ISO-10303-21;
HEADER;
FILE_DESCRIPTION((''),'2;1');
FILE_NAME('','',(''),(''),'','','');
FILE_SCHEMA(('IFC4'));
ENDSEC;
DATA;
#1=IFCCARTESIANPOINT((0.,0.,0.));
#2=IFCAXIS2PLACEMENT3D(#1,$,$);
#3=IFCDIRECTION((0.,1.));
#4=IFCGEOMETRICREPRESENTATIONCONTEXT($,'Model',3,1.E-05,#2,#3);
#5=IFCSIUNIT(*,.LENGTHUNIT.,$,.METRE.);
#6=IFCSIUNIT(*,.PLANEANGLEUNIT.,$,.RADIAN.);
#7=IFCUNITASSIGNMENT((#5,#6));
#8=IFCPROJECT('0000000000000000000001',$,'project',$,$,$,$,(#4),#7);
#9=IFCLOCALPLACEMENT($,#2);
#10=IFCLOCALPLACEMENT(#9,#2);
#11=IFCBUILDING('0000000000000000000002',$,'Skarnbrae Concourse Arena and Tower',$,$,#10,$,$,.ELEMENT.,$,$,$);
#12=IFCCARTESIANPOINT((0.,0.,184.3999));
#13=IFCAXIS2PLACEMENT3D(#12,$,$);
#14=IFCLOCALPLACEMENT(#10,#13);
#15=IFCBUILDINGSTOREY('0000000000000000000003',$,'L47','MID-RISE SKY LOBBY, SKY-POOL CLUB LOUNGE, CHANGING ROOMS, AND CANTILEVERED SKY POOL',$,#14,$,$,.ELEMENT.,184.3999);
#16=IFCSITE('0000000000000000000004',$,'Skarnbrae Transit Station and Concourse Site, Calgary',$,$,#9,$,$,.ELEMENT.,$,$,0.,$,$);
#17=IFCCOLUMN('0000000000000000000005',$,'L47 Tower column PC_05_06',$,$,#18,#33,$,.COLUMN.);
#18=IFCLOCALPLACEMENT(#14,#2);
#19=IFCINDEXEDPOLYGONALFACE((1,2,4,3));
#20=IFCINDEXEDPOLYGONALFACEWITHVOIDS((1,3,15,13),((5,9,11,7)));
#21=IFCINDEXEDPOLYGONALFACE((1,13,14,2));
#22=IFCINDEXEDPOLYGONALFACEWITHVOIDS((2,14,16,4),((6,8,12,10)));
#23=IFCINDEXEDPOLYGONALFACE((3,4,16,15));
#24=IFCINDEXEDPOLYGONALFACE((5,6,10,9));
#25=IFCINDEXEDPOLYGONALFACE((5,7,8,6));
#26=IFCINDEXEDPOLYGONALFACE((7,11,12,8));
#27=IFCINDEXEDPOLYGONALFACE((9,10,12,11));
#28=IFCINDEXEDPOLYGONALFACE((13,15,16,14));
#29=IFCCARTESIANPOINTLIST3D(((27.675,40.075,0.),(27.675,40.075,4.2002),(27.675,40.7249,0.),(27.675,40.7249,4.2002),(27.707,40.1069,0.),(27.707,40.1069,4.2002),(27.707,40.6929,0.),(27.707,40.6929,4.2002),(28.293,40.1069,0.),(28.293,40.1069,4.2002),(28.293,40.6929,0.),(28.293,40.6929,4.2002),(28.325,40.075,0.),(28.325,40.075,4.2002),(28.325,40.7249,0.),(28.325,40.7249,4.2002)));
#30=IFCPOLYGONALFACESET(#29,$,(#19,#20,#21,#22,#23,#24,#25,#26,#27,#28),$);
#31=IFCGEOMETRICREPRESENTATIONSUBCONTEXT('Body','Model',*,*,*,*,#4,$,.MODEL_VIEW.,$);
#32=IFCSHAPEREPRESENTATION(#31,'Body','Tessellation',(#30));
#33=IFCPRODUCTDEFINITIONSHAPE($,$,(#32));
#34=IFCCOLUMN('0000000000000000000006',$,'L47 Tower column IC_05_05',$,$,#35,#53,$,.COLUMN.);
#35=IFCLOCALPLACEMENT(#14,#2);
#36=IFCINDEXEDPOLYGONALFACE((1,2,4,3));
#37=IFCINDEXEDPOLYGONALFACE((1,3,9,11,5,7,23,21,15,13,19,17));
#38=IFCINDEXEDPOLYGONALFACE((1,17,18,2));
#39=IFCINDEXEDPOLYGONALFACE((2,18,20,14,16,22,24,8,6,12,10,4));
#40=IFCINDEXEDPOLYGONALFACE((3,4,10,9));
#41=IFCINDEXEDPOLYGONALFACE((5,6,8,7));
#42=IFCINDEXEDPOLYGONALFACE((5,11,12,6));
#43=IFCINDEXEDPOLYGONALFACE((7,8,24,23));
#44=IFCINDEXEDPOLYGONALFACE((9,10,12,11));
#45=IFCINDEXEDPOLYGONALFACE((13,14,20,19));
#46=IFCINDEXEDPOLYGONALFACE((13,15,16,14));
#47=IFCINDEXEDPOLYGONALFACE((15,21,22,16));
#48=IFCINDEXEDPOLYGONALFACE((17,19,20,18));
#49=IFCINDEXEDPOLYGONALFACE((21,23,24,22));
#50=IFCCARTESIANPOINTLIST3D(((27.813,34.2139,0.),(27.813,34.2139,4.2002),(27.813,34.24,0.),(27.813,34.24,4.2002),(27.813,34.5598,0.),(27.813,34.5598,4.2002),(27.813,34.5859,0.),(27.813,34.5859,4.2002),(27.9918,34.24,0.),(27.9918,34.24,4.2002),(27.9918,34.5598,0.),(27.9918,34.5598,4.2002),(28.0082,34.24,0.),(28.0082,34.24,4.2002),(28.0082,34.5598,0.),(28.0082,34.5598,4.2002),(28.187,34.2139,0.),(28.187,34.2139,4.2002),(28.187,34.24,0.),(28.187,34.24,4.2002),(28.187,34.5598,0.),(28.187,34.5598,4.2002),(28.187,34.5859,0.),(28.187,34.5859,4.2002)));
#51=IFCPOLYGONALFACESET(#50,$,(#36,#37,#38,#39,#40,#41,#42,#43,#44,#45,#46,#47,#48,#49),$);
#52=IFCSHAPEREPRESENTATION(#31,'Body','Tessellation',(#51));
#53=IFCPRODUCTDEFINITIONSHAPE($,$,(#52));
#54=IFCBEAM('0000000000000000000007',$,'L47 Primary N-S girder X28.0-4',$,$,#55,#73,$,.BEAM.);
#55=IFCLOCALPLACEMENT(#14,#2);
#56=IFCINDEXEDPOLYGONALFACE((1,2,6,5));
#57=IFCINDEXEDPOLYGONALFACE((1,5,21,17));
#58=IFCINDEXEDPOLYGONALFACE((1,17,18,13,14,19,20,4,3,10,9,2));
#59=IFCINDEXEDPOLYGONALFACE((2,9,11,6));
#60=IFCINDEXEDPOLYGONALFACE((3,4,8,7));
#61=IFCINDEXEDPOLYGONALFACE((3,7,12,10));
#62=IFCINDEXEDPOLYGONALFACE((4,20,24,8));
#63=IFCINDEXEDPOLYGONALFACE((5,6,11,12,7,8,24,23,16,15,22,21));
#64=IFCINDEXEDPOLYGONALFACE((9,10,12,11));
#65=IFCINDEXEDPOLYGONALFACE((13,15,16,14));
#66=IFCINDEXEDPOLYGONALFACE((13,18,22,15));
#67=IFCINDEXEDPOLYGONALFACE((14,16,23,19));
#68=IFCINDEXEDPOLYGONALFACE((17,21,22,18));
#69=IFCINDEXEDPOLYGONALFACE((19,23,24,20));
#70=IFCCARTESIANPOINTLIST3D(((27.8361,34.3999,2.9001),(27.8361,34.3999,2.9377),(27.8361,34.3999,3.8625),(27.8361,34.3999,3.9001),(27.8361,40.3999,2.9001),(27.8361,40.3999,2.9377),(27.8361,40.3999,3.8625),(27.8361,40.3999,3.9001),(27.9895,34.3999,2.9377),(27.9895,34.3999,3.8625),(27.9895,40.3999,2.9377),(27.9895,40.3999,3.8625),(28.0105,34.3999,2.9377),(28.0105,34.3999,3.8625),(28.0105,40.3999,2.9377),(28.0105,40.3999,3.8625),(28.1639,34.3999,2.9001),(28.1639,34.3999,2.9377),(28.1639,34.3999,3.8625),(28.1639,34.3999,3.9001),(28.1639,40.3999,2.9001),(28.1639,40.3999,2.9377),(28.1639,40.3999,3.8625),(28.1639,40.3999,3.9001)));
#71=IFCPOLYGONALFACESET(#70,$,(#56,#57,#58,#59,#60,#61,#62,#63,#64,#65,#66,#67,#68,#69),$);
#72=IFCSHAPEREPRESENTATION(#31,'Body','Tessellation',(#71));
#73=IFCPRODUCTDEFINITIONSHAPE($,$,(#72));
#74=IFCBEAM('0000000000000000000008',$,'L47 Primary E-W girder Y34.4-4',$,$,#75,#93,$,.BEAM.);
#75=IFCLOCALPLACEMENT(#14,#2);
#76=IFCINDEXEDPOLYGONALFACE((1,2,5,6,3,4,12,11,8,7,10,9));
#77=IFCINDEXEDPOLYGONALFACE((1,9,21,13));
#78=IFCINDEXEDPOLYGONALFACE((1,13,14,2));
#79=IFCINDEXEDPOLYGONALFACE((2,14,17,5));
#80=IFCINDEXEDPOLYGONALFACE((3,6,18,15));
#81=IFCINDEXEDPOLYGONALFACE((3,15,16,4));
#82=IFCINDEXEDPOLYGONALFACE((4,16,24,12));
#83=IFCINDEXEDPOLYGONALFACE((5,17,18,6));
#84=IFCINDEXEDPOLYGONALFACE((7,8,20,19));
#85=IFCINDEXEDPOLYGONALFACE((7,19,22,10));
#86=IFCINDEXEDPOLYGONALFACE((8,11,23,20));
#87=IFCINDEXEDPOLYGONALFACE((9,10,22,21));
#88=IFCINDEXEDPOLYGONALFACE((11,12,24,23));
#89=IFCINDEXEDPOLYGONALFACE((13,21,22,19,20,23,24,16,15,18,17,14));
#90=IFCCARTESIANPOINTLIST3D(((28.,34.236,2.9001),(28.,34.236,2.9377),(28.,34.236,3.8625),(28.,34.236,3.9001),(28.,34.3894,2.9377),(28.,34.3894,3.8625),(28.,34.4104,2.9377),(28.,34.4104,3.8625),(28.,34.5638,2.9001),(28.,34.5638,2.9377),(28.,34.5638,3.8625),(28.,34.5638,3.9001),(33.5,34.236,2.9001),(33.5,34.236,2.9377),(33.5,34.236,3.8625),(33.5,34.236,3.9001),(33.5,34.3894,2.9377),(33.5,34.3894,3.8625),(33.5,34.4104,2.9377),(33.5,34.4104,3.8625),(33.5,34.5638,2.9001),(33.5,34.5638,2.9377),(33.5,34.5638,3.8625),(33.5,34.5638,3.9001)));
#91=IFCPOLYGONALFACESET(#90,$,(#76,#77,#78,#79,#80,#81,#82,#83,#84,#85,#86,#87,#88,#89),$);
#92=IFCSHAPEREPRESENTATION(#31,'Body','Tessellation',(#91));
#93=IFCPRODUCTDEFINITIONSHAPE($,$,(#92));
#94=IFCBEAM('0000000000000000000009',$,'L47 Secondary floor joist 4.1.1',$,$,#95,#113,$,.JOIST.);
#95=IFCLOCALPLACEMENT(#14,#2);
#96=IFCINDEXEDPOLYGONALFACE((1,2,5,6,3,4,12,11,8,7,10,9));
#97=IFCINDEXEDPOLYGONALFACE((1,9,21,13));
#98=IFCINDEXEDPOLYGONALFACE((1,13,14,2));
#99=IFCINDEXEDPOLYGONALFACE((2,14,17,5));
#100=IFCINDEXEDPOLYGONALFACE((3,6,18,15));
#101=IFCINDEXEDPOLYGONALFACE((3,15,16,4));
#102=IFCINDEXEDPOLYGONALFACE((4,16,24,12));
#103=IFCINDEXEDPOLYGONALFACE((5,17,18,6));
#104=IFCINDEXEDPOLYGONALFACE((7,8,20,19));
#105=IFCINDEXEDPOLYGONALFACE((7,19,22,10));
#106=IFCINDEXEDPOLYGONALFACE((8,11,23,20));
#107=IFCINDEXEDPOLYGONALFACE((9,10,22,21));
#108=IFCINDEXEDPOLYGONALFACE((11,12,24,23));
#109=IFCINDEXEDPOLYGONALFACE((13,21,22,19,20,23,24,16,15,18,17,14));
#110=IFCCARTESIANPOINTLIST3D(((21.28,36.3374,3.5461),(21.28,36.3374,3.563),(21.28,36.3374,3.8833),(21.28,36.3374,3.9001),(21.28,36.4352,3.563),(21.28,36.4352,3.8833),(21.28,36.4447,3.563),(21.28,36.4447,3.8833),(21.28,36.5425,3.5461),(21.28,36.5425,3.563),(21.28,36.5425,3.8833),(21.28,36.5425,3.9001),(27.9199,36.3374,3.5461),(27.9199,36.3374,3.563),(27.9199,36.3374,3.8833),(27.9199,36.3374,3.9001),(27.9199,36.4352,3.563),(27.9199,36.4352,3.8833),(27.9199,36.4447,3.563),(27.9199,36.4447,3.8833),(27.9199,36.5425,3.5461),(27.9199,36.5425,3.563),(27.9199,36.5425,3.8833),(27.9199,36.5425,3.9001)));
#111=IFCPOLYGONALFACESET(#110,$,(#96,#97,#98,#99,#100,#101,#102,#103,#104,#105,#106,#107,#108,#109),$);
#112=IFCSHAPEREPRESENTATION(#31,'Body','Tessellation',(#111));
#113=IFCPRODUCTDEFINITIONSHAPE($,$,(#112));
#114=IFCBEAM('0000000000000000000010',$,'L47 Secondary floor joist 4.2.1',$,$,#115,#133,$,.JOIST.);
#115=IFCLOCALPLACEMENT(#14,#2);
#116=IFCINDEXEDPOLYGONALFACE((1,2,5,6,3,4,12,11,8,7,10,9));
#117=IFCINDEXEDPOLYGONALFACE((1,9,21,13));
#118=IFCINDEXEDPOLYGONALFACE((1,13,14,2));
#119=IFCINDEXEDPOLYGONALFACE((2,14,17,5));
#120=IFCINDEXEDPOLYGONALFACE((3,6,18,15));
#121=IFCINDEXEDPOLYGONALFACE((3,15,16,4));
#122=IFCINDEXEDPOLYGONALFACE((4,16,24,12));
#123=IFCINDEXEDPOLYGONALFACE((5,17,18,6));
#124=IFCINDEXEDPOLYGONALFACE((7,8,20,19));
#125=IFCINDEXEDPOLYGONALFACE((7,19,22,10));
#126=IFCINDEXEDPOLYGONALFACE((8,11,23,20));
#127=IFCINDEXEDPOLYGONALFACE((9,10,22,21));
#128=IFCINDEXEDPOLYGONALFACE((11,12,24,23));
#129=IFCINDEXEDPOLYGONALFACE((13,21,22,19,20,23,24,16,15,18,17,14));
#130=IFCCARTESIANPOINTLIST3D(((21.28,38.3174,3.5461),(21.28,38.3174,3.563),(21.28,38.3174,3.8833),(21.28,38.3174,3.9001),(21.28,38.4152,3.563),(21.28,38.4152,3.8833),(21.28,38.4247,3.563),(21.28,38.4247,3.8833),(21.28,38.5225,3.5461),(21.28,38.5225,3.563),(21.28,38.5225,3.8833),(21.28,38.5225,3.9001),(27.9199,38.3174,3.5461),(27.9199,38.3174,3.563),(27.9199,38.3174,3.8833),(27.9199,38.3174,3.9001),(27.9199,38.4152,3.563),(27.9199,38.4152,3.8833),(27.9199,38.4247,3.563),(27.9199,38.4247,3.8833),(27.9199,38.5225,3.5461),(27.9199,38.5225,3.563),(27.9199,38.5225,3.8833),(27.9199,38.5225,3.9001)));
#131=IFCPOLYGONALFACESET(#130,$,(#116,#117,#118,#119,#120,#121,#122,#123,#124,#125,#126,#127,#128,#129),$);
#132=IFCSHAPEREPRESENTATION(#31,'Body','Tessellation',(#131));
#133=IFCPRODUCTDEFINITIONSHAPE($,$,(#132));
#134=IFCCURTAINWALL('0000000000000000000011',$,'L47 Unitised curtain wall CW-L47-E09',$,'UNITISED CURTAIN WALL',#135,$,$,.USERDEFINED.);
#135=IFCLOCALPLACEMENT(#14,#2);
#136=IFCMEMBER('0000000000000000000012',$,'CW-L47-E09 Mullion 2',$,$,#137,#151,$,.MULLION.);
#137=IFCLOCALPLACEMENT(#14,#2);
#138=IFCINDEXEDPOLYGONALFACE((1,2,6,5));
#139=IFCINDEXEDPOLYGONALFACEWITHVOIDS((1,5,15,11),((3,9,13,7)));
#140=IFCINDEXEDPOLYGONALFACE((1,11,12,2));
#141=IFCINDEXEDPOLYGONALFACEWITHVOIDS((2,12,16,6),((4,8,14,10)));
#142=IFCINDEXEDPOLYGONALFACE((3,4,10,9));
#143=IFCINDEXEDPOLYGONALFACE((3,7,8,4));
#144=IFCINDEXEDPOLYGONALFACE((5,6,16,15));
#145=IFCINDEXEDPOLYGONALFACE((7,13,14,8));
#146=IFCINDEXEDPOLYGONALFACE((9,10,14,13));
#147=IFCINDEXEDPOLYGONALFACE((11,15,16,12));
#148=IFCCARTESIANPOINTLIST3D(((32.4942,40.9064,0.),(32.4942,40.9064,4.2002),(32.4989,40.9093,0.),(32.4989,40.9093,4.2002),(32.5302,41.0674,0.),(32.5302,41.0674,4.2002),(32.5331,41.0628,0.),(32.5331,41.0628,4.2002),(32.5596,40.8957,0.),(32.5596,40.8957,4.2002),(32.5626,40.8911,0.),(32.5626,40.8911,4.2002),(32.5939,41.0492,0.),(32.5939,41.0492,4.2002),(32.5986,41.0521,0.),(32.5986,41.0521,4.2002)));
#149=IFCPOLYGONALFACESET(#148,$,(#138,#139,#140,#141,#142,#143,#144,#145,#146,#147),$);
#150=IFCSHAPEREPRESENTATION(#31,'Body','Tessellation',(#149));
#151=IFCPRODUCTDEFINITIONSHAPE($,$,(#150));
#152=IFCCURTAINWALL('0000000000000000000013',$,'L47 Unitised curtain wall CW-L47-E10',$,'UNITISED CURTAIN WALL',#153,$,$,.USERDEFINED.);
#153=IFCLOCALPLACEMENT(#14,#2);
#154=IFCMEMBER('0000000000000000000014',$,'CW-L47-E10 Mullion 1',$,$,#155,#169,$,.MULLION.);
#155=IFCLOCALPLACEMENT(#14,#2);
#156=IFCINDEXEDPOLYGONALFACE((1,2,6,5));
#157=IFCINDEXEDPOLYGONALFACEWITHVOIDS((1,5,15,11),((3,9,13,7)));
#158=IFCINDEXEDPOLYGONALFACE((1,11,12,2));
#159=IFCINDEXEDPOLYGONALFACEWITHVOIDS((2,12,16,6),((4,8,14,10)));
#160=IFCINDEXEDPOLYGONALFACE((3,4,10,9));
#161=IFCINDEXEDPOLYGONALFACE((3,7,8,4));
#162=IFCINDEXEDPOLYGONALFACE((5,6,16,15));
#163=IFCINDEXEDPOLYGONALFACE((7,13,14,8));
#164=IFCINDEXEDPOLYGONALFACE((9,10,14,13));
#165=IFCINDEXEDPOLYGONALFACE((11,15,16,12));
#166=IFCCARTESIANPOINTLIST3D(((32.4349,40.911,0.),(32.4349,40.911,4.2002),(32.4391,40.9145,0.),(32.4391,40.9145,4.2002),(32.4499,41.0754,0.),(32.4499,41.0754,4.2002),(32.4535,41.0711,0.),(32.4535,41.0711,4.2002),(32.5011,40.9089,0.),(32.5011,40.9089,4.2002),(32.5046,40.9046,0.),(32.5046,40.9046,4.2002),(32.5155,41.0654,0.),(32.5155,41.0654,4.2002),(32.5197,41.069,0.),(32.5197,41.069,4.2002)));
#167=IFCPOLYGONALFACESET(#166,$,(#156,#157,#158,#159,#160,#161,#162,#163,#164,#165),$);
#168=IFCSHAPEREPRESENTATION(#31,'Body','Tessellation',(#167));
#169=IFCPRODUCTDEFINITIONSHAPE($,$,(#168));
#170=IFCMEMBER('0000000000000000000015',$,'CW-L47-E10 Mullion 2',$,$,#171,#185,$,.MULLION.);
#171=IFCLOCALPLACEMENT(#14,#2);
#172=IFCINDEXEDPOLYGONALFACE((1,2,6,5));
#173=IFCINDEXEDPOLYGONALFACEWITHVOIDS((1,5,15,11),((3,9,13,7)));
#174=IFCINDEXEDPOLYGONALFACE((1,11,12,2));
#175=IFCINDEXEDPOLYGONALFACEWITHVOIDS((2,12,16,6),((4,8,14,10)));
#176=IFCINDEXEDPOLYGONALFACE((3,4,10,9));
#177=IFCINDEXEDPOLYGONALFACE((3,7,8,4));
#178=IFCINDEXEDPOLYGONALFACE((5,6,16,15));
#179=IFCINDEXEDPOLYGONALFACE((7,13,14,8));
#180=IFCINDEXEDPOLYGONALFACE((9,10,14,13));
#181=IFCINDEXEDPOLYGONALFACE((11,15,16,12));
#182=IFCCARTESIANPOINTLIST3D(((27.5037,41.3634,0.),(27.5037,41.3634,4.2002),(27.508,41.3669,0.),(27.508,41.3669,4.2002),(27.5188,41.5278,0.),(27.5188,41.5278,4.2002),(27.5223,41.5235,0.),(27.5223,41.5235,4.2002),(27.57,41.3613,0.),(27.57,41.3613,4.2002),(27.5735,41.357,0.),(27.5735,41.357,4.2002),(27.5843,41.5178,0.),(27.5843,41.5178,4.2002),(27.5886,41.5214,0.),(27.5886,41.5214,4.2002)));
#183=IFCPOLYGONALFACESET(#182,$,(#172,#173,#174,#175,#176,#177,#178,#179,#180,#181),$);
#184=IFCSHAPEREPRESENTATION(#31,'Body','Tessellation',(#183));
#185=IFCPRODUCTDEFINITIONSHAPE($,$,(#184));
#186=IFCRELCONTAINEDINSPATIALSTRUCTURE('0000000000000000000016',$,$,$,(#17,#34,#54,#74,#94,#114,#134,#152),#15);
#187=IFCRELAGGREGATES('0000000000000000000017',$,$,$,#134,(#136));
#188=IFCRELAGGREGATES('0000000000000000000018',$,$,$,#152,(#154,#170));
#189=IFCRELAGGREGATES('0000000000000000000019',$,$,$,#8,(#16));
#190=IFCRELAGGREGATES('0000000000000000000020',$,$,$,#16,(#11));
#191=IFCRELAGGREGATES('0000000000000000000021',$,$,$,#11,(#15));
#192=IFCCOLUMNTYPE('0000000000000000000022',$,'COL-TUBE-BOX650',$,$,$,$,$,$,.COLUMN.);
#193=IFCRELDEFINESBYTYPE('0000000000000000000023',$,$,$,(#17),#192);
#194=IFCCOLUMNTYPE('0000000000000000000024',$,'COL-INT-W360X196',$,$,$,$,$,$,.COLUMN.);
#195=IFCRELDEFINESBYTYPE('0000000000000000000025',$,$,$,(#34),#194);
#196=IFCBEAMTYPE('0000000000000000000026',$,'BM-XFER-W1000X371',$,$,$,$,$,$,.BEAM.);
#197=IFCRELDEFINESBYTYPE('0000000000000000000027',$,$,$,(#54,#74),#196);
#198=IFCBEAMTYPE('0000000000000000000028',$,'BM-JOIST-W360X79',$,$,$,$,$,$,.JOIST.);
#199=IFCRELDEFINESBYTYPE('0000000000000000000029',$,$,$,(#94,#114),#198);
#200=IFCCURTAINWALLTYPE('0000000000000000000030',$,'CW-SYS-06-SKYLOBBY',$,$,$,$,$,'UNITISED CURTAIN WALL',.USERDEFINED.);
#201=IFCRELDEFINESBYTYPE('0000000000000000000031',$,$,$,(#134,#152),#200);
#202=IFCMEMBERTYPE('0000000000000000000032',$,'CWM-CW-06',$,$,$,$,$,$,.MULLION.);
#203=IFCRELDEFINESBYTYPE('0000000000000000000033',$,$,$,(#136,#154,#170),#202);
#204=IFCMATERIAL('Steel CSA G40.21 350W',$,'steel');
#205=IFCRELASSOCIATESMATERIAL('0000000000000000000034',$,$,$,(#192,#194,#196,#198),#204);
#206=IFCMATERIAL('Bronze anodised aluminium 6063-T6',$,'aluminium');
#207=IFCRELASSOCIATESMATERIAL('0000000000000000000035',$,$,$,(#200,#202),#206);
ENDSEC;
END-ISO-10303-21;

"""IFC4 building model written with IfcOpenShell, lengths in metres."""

from ifc_helpers import new_model, si_unit, direction, frame, origin, origin_2d, place, context, subcontext, project, spatial, hollow_rectangle, i_section, extrude, source, transform, mapped, material, material_profile, profile_set, type_object, element, aggregate, save


model = new_model("IFC4")

# Units and contexts
model_context = context("Model", 3, precision=1e-05, world=origin(), true_north=direction((0.0, 1.0)))
body_context = subcontext(model_context, "Body", "Model", "MODEL_VIEW")
ifc_project = project(units=[si_unit("LENGTHUNIT", "METRE"), si_unit("PLANEANGLEUNIT", "RADIAN")], contexts=[model_context])

# Site, building, storey
site_placement = place(None, origin())
site = spatial("IfcSite", under=ifc_project, at=site_placement, Name="Skarnbrae Transit Station and Concourse Site, Calgary", CompositionType="ELEMENT", RefElevation=0.0)
building_placement = place(site_placement, origin())
building = spatial("IfcBuilding", under=site, at=building_placement, Name="Skarnbrae Concourse Arena and Tower", CompositionType="ELEMENT")
storey_placement = place(building_placement, frame((0.0, 0.0, 184.3999)))
storey = spatial("IfcBuildingStorey", under=building, at=storey_placement, Name="L47", Description="MID-RISE SKY LOBBY, SKY-POOL CLUB LOUNGE, CHANGING ROOMS, AND CANTILEVERED SKY POOL", CompositionType="ELEMENT", Elevation=184.3999)

# Columns
ifc_material_1 = material(Name="Steel CSA G40.21 350W", Category="steel")
ifc_material_profile_1 = material_profile(ifc_material_1, hollow_rectangle(XDim=0.6499, YDim=0.6499, WallThickness=0.032, at=origin_2d()), Name="BOX650X650X32")
ifc_profile_set_1 = profile_set([ifc_material_profile_1], Name="Steel CSA G40.21 350W")
column_type_1 = type_object("IfcColumnType", Name="COL-TUBE-BOX650", PredefinedType="COLUMN", material=ifc_profile_set_1)
shared_shape_1 = source(origin(), body_context, "Body", "SweptSolid", [
    extrude(hollow_rectangle(XDim=0.6499, YDim=0.6499, WallThickness=0.032, at=origin_2d()), origin(), (0.0, 0.0, 1.0), 4.2002),
])
column_1_placement = place(storey_placement, frame((28.0, 40.3999, 0.0), z_axis=(0.0, 0.0, 1.0), x_axis=(1.0, 0.0, 0.0)))
element("IfcColumn", 1, at=column_1_placement, inside=storey, type_object=column_type_1, Name="L47 Tower column PC_05_06", PredefinedType="COLUMN", context=body_context, shape_type="MappedRepresentation", body=[
    mapped(shared_shape_1, transform((0.0, 0.0, 0.0))),
])
ifc_material_profile_2 = material_profile(ifc_material_1, i_section(OverallWidth=0.374, OverallDepth=0.3721, WebThickness=0.0164, FlangeThickness=0.0261, at=origin_2d()), Name="W360X196")
ifc_profile_set_2 = profile_set([ifc_material_profile_2], Name="Steel CSA G40.21 350W")
column_type_2 = type_object("IfcColumnType", Name="COL-INT-W360X196", PredefinedType="COLUMN", material=ifc_profile_set_2)
shared_shape_2 = source(origin(), body_context, "Body", "SweptSolid", [
    extrude(i_section(OverallWidth=0.374, OverallDepth=0.3721, WebThickness=0.0164, FlangeThickness=0.0261, at=origin_2d()), origin(), (0.0, 0.0, 1.0), 4.2002),
])
column_2_placement = place(storey_placement, frame((28.0, 34.3999, 0.0), z_axis=(0.0, 0.0, 1.0), x_axis=(1.0, 0.0, 0.0)))
element("IfcColumn", 2, at=column_2_placement, inside=storey, type_object=column_type_2, Name="L47 Tower column IC_05_05", PredefinedType="COLUMN", context=body_context, shape_type="MappedRepresentation", body=[
    mapped(shared_shape_2, transform((0.0, 0.0, 0.0))),
])

# Beams
ifc_material_profile_3 = material_profile(ifc_material_1, i_section(OverallWidth=0.3279, OverallDepth=1.0, WebThickness=0.021, FlangeThickness=0.0376, at=origin_2d()), Name="W1000X371")
ifc_profile_set_3 = profile_set([ifc_material_profile_3], Name="Steel CSA G40.21 350W")
beam_type_1 = type_object("IfcBeamType", Name="BM-XFER-W1000X371", PredefinedType="BEAM", material=ifc_profile_set_3)
shared_shape_3 = source(origin(), body_context, "Body", "SweptSolid", [
    extrude(i_section(OverallWidth=0.3279, OverallDepth=1.0, WebThickness=0.021, FlangeThickness=0.0376, at=origin_2d()), origin(), (0.0, 0.0, 1.0), 6.0),
])
beam_1_placement = place(storey_placement, frame((28.0, 34.3999, 3.4001), z_axis=(0.0, 1.0, 0.0), x_axis=(-1.0, 0.0, 0.0)))
element("IfcBeam", 3, at=beam_1_placement, inside=storey, type_object=beam_type_1, Name="L47 Primary N-S girder X28.0-4", PredefinedType="BEAM", context=body_context, shape_type="MappedRepresentation", body=[
    mapped(shared_shape_3, transform((0.0, 0.0, 0.0))),
])
shared_shape_4 = source(origin(), body_context, "Body", "SweptSolid", [
    extrude(i_section(OverallWidth=0.3279, OverallDepth=1.0, WebThickness=0.021, FlangeThickness=0.0376, at=origin_2d()), origin(), (0.0, 0.0, 1.0), 5.5),
])
beam_2_placement = place(storey_placement, frame((28.0, 34.3999, 3.4001), z_axis=(1.0, 0.0, 0.0), x_axis=(0.0, 1.0, 0.0)))
element("IfcBeam", 4, at=beam_2_placement, inside=storey, type_object=beam_type_1, Name="L47 Primary E-W girder Y34.4-4", PredefinedType="BEAM", context=body_context, shape_type="MappedRepresentation", body=[
    mapped(shared_shape_4, transform((0.0, 0.0, 0.0))),
])
ifc_material_profile_4 = material_profile(ifc_material_1, i_section(OverallWidth=0.2051, OverallDepth=0.354, WebThickness=0.0095, FlangeThickness=0.0168, at=origin_2d()), Name="W360X79")
ifc_profile_set_4 = profile_set([ifc_material_profile_4], Name="Steel CSA G40.21 350W")
beam_type_2 = type_object("IfcBeamType", Name="BM-JOIST-W360X79", PredefinedType="JOIST", material=ifc_profile_set_4)
shared_shape_5 = source(origin(), body_context, "Body", "SweptSolid", [
    extrude(i_section(OverallWidth=0.2051, OverallDepth=0.354, WebThickness=0.0095, FlangeThickness=0.0168, at=origin_2d()), origin(), (0.0, 0.0, 1.0), 6.6399),
])
for number, where, z_axis, x_axis, name in (
    (5, (21.28, 36.4399, 3.7231), (1.0, 0.0, 0.0), (0.0, 1.0, 0.0), "L47 Secondary floor joist 4.1.1"),
    (6, (21.28, 38.4199, 3.7231), (1.0, 0.0, 0.0), (0.0, 1.0, 0.0), "L47 Secondary floor joist 4.2.1"),
):
    element("IfcBeam", number, at=place(storey_placement, frame(where, z_axis=z_axis, x_axis=x_axis)), inside=storey, type_object=beam_type_2, Name=name, PredefinedType="JOIST", context=body_context, shape_type="MappedRepresentation", body=[
        mapped(shared_shape_5, transform((0.0, 0.0, 0.0))),
    ])

# Curtain wall, member
ifc_material_2 = material(Name="Bronze anodised aluminium 6063-T6", Category="aluminium")
curtain_wall_type = type_object("IfcCurtainWallType", Name="CW-SYS-06-SKYLOBBY", ElementType="UNITISED CURTAIN WALL", PredefinedType="USERDEFINED", material=ifc_material_2)
curtain_wall_1_placement = place(storey_placement, origin())
curtain_wall_1 = element("IfcCurtainWall", 7, at=curtain_wall_1_placement, inside=storey, type_object=curtain_wall_type, Name="L47 Unitised curtain wall CW-L47-E09", ObjectType="UNITISED CURTAIN WALL", PredefinedType="USERDEFINED")
ifc_material_profile_5 = material_profile(ifc_material_2, hollow_rectangle(XDim=0.0701, YDim=0.165, WallThickness=0.0039, at=origin_2d()), Name="ALU-MULL-70X165")
ifc_profile_set_5 = profile_set([ifc_material_profile_5], Name="Bronze anodised aluminium 6063-T6")
member_type_1 = type_object("IfcMemberType", Name="CWM-CW-06", PredefinedType="MULLION", material=ifc_profile_set_5)
shared_shape_6 = source(origin(), body_context, "Body", "SweptSolid", [
    extrude(hollow_rectangle(XDim=0.0701, YDim=0.165, WallThickness=0.0039, at=origin_2d()), origin(), (0.0, 0.0, 1.0), 4.2002),
])
member_1_placement = place(storey_placement, frame((32.5464, 40.9792, 0.0), z_axis=(0.0, 0.0, 1.0), x_axis=(-0.975936, 0.218056, 0.0)))
member_1 = element("IfcMember", 8, at=member_1_placement, type_object=member_type_1, Name="CW-L47-E09 Mullion 2", PredefinedType="MULLION", context=body_context, shape_type="MappedRepresentation", body=[
    mapped(shared_shape_6, transform((0.0, 0.0, 0.0))),
])
aggregate(curtain_wall_1, [member_1])

# Curtain wall, members
curtain_wall_2_placement = place(storey_placement, origin())
curtain_wall_2 = element("IfcCurtainWall", 9, at=curtain_wall_2_placement, inside=storey, type_object=curtain_wall_type, Name="L47 Unitised curtain wall CW-L47-E10", ObjectType="UNITISED CURTAIN WALL", PredefinedType="USERDEFINED")
member_2_placement = place(storey_placement, frame((32.4773, 40.99, 0.0), z_axis=(0.0, 0.0, 1.0), x_axis=(-0.99582, 0.091338, 0.0)))
member_2 = element("IfcMember", 10, at=member_2_placement, type_object=member_type_1, Name="CW-L47-E10 Mullion 1", PredefinedType="MULLION", context=body_context, shape_type="MappedRepresentation", body=[
    mapped(shared_shape_6, transform((0.0, 0.0, 0.0))),
])
member_3_placement = place(storey_placement, frame((27.5461, 41.4424, 0.0), z_axis=(0.0, 0.0, 1.0), x_axis=(-0.99582, 0.091338, 0.0)))
member_3 = element("IfcMember", 11, at=member_3_placement, type_object=member_type_1, Name="CW-L47-E10 Mullion 2", PredefinedType="MULLION", context=body_context, shape_type="MappedRepresentation", body=[
    mapped(shared_shape_6, transform((0.0, 0.0, 0.0))),
])

aggregate(curtain_wall_2, [member_2, member_3])

save(model, "model.ifc")
